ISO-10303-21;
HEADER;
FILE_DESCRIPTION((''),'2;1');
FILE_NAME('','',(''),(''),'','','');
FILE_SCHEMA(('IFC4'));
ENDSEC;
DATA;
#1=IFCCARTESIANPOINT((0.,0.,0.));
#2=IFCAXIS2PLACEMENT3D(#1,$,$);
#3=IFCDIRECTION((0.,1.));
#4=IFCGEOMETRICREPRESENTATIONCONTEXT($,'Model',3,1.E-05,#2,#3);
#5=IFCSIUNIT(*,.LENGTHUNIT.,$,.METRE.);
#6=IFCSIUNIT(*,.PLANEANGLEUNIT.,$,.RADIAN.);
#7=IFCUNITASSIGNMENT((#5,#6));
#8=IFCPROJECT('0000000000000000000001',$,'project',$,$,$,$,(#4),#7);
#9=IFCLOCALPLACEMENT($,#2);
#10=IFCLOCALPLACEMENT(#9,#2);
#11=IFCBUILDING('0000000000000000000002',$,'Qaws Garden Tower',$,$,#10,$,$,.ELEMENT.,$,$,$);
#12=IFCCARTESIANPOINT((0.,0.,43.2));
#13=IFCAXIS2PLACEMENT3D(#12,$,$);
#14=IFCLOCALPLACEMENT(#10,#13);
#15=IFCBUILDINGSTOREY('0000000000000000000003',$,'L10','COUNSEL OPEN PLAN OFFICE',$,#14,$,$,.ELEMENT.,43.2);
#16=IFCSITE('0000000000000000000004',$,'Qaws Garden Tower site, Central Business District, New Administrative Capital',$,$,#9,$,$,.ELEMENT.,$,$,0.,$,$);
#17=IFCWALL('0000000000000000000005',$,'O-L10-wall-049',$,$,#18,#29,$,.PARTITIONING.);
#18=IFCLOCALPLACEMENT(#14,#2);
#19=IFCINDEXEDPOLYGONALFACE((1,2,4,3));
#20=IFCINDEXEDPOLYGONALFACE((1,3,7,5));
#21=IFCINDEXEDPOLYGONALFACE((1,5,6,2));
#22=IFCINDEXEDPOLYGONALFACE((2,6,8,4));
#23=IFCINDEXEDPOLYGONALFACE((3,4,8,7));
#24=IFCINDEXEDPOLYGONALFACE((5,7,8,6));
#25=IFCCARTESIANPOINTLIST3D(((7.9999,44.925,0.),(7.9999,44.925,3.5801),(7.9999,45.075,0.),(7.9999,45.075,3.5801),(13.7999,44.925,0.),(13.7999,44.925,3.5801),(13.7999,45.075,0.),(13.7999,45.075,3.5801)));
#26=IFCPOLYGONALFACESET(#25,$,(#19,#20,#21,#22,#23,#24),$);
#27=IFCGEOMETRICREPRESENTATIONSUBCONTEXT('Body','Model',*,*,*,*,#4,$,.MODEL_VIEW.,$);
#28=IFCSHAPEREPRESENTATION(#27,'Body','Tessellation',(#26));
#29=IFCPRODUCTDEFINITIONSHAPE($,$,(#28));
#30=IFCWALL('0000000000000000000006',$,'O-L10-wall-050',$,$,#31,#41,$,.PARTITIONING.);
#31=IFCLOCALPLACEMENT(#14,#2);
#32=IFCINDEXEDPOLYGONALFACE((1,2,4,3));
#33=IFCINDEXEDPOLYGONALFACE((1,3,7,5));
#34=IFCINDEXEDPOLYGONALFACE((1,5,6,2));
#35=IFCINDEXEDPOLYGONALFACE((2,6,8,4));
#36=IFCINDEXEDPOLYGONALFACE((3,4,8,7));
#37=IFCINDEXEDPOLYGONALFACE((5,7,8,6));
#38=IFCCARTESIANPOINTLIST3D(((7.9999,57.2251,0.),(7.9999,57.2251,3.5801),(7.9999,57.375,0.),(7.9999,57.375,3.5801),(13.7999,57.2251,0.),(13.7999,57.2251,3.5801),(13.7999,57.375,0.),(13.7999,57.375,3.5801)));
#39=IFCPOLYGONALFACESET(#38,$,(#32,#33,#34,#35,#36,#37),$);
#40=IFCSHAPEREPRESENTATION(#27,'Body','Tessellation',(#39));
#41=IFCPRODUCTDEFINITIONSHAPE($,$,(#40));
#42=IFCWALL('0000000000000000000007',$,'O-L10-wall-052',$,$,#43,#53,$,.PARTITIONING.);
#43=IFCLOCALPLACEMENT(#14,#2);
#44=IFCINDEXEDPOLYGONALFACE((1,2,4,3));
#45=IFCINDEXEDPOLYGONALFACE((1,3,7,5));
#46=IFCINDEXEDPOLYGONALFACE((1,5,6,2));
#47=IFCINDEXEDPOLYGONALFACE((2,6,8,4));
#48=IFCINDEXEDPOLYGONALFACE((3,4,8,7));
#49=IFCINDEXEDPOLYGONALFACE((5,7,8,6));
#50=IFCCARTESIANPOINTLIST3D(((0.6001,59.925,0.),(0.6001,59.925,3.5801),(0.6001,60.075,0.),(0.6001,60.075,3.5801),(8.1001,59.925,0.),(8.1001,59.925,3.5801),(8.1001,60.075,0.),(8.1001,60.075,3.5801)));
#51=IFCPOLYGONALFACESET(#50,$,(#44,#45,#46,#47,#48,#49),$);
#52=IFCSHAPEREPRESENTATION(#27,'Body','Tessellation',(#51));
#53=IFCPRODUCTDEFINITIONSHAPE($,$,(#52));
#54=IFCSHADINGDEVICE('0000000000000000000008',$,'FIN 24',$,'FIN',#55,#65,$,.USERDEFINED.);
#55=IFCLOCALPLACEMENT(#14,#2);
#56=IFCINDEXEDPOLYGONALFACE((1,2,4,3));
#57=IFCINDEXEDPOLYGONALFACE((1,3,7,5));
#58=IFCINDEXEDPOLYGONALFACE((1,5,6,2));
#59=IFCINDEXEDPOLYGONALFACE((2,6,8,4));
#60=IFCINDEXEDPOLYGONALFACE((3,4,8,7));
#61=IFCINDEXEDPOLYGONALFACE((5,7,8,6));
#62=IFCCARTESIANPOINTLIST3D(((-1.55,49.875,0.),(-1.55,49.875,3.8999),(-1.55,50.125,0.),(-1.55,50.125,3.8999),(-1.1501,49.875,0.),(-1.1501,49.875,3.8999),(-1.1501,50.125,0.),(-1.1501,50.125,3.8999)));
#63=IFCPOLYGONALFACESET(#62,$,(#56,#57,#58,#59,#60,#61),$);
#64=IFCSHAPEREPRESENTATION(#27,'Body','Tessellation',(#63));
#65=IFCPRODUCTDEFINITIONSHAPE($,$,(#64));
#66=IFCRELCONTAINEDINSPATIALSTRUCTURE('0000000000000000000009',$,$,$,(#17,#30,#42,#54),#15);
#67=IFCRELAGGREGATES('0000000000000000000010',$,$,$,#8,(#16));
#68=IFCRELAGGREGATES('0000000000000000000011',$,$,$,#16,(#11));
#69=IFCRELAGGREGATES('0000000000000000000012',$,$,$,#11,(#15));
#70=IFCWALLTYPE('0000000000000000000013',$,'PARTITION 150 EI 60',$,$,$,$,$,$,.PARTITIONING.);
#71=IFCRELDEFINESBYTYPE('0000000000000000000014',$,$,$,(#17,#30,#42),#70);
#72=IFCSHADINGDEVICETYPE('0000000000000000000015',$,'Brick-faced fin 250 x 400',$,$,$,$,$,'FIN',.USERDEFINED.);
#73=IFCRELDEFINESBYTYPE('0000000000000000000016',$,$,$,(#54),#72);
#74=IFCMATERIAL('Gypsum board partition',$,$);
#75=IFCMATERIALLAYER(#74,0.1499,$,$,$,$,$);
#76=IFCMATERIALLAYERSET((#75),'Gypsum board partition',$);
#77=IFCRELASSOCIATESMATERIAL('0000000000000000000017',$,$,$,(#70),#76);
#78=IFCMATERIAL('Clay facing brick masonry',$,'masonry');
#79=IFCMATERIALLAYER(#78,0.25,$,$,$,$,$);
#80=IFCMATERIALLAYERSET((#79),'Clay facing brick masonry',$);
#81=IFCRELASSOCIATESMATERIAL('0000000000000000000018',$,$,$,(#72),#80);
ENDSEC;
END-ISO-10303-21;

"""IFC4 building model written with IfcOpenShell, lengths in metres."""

from ifc_helpers import new_model, si_unit, direction, frame, frame_2d, origin, origin_2d, place, context, subcontext, project, spatial, rectangle, extrude, material, layer, layer_set, type_object, element, save


model = new_model("IFC4")

# Units and contexts
model_context = context("Model", 3, precision=1e-05, world=origin(), true_north=direction((0.0, 1.0)))
body_context = subcontext(model_context, "Body", "Model", "MODEL_VIEW")
ifc_project = project(units=[si_unit("LENGTHUNIT", "METRE"), si_unit("PLANEANGLEUNIT", "RADIAN")], contexts=[model_context])

# Site, building, storey
site_placement = place(None, origin())
site = spatial("IfcSite", under=ifc_project, at=site_placement, Name="Qaws Garden Tower site, Central Business District, New Administrative Capital", CompositionType="ELEMENT", RefElevation=0.0)
building_placement = place(site_placement, origin())
building = spatial("IfcBuilding", under=site, at=building_placement, Name="Qaws Garden Tower", CompositionType="ELEMENT")
storey_placement = place(building_placement, frame((0.0, 0.0, 43.2)))
storey = spatial("IfcBuildingStorey", under=building, at=storey_placement, Name="L10", Description="COUNSEL OPEN PLAN OFFICE", CompositionType="ELEMENT", Elevation=43.2)

# Shared definitions
ifc_material_1 = material(Name="Gypsum board partition")
ifc_layer_1 = layer(ifc_material_1, 0.1499)
ifc_layer_set_1 = layer_set([ifc_layer_1], Name="Gypsum board partition")
wall_type_1 = type_object("IfcWallType", Name="PARTITION 150 EI 60", PredefinedType="PARTITIONING", material=ifc_layer_set_1)

# Walls
for number, where, z_axis, x_axis, name in (
    (1, (8.0, 45.0, 0.0), (0.0, 0.0, 1.0), (1.0, 0.0, 0.0), "O-L10-wall-049"),
    (2, (8.0, 57.3, 0.0), (0.0, 0.0, 1.0), (1.0, 0.0, 0.0), "O-L10-wall-050"),
):
    element("IfcWall", number, at=place(storey_placement, frame(where, z_axis=z_axis, x_axis=x_axis)), inside=storey, type_object=wall_type_1, Name=name, PredefinedType="PARTITIONING", context=body_context, shape_type="SweptSolid", body=[
        extrude(rectangle(XDim=5.8, YDim=0.1499, at=frame_2d((2.8999, 0.0))), origin(), (0.0, 0.0, 1.0), 3.5801),
    ])
wall_1_placement = place(storey_placement, frame((0.6001, 60.0, 0.0), z_axis=(0.0, 0.0, 1.0), x_axis=(1.0, 0.0, 0.0)))
element("IfcWall", 3, at=wall_1_placement, inside=storey, type_object=wall_type_1, Name="O-L10-wall-052", PredefinedType="PARTITIONING", context=body_context, shape_type="SweptSolid", body=[
    extrude(rectangle(XDim=7.5, YDim=0.1499, at=frame_2d((3.75, 0.0))), origin(), (0.0, 0.0, 1.0), 3.5801),
])

# Shading device
ifc_material_2 = material(Name="Clay facing brick masonry", Category="masonry")
ifc_layer_2 = layer(ifc_material_2, 0.25)
ifc_layer_set_2 = layer_set([ifc_layer_2], Name="Clay facing brick masonry")
shading_device_type = type_object("IfcShadingDeviceType", Name="Brick-faced fin 250 x 400", ElementType="FIN", PredefinedType="USERDEFINED", material=ifc_layer_set_2)
shading_device_placement = place(storey_placement, frame((-1.3501, 50.0, 0.0), z_axis=(0.0, 0.0, 1.0), x_axis=(0.0, -1.0, 0.0)))
element("IfcShadingDevice", 4, at=shading_device_placement, inside=storey, type_object=shading_device_type, Name="FIN 24", ObjectType="FIN", PredefinedType="USERDEFINED", context=body_context, shape_type="SweptSolid", body=[
    extrude(rectangle(XDim=0.25, YDim=0.3999, at=origin_2d()), origin(), (0.0, 0.0, 1.0), 3.8999),
])

save(model, "model.ifc")
